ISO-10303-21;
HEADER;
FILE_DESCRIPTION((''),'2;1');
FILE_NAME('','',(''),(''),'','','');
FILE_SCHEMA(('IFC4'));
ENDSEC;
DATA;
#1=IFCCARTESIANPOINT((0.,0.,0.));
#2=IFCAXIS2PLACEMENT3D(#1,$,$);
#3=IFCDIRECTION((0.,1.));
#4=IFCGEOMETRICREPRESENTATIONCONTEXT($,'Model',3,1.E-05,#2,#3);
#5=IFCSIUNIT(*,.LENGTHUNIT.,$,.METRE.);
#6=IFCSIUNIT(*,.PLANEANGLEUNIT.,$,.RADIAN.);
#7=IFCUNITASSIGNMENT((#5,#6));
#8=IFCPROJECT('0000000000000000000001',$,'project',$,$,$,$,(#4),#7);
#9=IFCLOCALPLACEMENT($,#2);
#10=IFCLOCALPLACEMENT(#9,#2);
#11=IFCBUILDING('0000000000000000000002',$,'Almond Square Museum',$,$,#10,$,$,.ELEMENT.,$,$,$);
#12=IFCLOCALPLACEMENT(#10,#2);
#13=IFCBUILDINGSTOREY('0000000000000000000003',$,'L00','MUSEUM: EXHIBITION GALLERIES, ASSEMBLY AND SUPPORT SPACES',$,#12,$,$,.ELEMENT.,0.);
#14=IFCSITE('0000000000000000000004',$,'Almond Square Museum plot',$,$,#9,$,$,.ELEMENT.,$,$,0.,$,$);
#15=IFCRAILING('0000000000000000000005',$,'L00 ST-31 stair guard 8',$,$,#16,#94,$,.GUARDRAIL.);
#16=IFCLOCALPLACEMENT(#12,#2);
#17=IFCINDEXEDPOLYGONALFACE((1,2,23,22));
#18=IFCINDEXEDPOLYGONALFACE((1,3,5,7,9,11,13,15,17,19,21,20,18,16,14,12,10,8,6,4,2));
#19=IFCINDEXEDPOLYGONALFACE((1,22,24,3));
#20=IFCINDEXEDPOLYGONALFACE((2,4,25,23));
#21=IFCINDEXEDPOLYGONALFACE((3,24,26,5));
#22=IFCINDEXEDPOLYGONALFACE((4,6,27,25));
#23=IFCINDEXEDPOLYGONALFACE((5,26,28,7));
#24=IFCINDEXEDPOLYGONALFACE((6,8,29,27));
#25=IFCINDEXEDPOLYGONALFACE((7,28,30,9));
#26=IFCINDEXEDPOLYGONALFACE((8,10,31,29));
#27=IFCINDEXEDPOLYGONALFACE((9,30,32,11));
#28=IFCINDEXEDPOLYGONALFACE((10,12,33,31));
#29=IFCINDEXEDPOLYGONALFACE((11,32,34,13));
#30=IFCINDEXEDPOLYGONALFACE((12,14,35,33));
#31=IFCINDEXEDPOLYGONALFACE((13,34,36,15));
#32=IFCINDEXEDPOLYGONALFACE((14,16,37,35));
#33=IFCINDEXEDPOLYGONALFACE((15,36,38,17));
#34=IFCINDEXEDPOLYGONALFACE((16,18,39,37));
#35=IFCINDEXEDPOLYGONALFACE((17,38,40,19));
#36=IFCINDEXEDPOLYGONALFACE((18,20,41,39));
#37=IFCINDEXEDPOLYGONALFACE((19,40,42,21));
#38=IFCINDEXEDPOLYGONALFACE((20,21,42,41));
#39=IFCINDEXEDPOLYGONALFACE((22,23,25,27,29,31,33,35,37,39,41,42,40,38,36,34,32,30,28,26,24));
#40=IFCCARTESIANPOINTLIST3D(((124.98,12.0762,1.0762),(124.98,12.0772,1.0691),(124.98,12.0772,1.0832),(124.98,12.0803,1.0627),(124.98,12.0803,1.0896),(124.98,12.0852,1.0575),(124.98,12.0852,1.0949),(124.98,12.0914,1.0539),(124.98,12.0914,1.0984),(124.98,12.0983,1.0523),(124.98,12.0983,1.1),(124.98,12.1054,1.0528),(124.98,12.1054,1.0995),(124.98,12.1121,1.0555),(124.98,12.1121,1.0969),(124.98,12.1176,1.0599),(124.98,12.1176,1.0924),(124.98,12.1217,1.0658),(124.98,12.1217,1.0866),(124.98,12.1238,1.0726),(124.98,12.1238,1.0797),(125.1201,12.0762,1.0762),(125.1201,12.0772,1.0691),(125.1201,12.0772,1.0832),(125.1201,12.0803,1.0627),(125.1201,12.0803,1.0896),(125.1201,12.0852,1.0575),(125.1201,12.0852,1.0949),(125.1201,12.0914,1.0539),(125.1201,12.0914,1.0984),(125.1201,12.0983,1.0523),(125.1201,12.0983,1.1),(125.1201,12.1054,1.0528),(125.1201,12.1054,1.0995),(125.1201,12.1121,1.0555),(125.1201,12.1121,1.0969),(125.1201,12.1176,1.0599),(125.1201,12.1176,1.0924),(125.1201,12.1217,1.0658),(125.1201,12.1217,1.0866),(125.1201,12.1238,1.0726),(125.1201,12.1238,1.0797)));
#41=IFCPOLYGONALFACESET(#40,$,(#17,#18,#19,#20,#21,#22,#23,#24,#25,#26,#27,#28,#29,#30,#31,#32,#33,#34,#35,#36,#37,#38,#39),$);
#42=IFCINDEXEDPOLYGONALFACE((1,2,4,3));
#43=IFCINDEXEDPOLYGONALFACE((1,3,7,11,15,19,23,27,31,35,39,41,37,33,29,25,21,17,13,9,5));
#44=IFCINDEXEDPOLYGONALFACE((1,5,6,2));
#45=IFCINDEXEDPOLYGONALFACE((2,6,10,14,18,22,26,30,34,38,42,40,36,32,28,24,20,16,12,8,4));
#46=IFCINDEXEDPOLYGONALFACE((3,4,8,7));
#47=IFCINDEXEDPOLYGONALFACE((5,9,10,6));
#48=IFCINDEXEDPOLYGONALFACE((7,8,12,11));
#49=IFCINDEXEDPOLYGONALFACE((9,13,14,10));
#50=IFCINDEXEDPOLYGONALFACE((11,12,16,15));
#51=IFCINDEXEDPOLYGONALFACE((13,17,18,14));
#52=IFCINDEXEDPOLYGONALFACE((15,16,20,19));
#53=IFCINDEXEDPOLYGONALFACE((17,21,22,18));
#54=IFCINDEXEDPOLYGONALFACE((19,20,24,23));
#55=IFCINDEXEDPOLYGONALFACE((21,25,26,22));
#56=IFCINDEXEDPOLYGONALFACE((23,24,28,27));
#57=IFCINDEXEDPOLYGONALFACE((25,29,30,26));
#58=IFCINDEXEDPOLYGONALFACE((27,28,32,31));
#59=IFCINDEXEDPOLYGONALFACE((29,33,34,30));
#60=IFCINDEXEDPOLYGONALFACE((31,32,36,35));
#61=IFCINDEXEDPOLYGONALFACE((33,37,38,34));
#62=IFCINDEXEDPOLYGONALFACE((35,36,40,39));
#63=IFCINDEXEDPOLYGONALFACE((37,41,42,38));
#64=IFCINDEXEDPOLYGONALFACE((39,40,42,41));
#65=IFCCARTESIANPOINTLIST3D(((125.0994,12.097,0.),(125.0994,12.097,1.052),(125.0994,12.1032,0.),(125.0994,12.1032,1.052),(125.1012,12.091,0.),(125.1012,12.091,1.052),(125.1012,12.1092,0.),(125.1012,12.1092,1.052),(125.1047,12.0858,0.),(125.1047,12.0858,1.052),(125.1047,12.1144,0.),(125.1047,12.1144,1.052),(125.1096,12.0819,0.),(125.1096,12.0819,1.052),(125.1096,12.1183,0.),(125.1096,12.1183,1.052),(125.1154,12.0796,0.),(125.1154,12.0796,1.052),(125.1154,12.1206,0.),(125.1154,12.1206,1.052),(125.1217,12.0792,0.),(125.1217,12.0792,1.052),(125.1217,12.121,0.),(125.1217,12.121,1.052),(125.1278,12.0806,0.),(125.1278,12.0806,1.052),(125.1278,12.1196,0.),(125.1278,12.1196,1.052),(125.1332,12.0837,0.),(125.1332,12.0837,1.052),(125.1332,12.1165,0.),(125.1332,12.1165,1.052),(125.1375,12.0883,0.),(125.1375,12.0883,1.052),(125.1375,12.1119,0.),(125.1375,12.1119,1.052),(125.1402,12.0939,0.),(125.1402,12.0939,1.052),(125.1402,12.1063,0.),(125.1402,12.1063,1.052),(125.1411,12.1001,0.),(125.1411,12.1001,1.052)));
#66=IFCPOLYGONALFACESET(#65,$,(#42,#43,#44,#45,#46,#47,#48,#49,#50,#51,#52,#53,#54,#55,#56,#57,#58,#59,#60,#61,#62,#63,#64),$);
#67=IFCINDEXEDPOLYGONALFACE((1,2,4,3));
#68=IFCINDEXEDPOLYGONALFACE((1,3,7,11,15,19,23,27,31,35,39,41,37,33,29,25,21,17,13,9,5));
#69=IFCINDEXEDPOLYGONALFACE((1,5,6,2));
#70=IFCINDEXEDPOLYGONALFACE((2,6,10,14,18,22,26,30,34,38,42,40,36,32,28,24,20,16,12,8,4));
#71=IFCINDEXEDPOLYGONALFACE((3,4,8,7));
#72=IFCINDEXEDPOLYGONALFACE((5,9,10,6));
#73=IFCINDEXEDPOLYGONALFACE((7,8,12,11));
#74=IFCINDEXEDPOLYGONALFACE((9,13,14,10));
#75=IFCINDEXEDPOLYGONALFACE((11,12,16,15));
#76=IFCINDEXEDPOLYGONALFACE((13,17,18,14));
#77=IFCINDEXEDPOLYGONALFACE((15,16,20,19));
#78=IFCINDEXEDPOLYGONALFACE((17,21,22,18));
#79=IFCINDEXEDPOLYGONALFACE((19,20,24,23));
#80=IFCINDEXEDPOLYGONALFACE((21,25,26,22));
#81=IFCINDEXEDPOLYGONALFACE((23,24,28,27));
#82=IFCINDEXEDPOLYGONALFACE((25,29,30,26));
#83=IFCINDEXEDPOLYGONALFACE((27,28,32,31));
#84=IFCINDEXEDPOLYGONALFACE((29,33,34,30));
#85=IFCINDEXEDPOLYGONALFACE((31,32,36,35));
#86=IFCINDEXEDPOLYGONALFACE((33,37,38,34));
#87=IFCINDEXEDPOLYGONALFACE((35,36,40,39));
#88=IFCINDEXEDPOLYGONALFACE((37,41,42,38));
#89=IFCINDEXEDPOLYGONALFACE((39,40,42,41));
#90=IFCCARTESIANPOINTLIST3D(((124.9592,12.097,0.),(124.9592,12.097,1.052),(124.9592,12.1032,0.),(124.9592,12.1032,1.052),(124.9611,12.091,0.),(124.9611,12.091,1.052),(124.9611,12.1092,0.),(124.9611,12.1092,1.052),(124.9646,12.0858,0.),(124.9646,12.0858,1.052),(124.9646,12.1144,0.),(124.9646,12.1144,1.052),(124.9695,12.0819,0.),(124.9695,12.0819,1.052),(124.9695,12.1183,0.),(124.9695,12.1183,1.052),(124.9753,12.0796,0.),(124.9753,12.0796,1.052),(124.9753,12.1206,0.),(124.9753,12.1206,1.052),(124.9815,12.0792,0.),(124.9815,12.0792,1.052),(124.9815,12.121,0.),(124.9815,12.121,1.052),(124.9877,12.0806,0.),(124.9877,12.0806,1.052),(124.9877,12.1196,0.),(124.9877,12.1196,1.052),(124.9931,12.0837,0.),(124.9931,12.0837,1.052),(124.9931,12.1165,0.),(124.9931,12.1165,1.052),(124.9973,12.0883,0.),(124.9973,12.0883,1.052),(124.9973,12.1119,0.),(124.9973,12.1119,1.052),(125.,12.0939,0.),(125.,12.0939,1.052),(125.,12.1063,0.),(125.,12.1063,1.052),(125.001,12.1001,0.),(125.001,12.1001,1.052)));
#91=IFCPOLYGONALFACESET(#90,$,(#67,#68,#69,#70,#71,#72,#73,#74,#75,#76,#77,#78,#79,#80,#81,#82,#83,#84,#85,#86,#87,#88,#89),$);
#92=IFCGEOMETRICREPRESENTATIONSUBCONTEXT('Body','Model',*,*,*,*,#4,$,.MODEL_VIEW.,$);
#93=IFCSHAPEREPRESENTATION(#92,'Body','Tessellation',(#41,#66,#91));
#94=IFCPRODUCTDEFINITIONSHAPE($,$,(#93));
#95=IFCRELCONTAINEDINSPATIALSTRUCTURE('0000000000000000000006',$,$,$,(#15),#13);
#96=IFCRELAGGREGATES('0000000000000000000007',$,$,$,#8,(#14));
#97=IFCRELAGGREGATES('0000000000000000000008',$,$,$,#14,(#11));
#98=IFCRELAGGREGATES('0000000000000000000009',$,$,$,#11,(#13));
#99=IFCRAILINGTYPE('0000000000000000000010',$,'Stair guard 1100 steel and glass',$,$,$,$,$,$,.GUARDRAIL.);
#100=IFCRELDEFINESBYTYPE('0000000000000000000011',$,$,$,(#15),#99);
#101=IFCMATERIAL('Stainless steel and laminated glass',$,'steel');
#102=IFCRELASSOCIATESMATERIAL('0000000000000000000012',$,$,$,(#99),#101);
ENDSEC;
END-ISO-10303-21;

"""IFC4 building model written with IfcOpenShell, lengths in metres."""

from ifc_helpers import new_model, si_unit, direction, frame, origin, origin_2d, place, context, subcontext, project, spatial, circle, extrude, material, type_object, element, save


model = new_model("IFC4")

# Units and contexts
model_context = context("Model", 3, precision=1e-05, world=origin(), true_north=direction((0.0, 1.0)))
body_context = subcontext(model_context, "Body", "Model", "MODEL_VIEW")
ifc_project = project(units=[si_unit("LENGTHUNIT", "METRE"), si_unit("PLANEANGLEUNIT", "RADIAN")], contexts=[model_context])

# Site, building, storey
site_placement = place(None, origin())
site = spatial("IfcSite", under=ifc_project, at=site_placement, Name="Almond Square Museum plot", CompositionType="ELEMENT", RefElevation=0.0)
building_placement = place(site_placement, origin())
building = spatial("IfcBuilding", under=site, at=building_placement, Name="Almond Square Museum", CompositionType="ELEMENT")
storey_placement = place(building_placement, origin())
storey = spatial("IfcBuildingStorey", under=building, at=storey_placement, Name="L00", Description="MUSEUM: EXHIBITION GALLERIES, ASSEMBLY AND SUPPORT SPACES", CompositionType="ELEMENT", Elevation=0.0)

# Railing
ifc_material_1 = material(Name="Stainless steel and laminated glass", Category="steel")
railing_type_1 = type_object("IfcRailingType", Name="Stair guard 1100 steel and glass", PredefinedType="GUARDRAIL", material=ifc_material_1)
railing_1_placement = place(storey_placement, frame((125.1201, 12.1001, 0.0)))
element("IfcRailing", 1, at=railing_1_placement, inside=storey, type_object=railing_type_1, Name="L00 ST-31 stair guard 8", PredefinedType="GUARDRAIL", context=body_context, shape_type="SweptSolid", body=[
    extrude(circle(Radius=0.0239, at=origin_2d()), frame((0.0, 0.0, 1.0762), z_axis=(-1.0, 0.0, 0.0), x_axis=(0.0, -1.0, 0.0)), (0.0, 0.0, 1.0), 0.1401),
    extrude(circle(Radius=0.021, at=origin_2d()), origin(), (0.0, 0.0, 1.0), 1.052),
    extrude(circle(Radius=0.021, at=origin_2d()), frame((-0.1401, 0.0, 0.0)), (0.0, 0.0, 1.0), 1.052),
])

save(model, "model.ifc")
